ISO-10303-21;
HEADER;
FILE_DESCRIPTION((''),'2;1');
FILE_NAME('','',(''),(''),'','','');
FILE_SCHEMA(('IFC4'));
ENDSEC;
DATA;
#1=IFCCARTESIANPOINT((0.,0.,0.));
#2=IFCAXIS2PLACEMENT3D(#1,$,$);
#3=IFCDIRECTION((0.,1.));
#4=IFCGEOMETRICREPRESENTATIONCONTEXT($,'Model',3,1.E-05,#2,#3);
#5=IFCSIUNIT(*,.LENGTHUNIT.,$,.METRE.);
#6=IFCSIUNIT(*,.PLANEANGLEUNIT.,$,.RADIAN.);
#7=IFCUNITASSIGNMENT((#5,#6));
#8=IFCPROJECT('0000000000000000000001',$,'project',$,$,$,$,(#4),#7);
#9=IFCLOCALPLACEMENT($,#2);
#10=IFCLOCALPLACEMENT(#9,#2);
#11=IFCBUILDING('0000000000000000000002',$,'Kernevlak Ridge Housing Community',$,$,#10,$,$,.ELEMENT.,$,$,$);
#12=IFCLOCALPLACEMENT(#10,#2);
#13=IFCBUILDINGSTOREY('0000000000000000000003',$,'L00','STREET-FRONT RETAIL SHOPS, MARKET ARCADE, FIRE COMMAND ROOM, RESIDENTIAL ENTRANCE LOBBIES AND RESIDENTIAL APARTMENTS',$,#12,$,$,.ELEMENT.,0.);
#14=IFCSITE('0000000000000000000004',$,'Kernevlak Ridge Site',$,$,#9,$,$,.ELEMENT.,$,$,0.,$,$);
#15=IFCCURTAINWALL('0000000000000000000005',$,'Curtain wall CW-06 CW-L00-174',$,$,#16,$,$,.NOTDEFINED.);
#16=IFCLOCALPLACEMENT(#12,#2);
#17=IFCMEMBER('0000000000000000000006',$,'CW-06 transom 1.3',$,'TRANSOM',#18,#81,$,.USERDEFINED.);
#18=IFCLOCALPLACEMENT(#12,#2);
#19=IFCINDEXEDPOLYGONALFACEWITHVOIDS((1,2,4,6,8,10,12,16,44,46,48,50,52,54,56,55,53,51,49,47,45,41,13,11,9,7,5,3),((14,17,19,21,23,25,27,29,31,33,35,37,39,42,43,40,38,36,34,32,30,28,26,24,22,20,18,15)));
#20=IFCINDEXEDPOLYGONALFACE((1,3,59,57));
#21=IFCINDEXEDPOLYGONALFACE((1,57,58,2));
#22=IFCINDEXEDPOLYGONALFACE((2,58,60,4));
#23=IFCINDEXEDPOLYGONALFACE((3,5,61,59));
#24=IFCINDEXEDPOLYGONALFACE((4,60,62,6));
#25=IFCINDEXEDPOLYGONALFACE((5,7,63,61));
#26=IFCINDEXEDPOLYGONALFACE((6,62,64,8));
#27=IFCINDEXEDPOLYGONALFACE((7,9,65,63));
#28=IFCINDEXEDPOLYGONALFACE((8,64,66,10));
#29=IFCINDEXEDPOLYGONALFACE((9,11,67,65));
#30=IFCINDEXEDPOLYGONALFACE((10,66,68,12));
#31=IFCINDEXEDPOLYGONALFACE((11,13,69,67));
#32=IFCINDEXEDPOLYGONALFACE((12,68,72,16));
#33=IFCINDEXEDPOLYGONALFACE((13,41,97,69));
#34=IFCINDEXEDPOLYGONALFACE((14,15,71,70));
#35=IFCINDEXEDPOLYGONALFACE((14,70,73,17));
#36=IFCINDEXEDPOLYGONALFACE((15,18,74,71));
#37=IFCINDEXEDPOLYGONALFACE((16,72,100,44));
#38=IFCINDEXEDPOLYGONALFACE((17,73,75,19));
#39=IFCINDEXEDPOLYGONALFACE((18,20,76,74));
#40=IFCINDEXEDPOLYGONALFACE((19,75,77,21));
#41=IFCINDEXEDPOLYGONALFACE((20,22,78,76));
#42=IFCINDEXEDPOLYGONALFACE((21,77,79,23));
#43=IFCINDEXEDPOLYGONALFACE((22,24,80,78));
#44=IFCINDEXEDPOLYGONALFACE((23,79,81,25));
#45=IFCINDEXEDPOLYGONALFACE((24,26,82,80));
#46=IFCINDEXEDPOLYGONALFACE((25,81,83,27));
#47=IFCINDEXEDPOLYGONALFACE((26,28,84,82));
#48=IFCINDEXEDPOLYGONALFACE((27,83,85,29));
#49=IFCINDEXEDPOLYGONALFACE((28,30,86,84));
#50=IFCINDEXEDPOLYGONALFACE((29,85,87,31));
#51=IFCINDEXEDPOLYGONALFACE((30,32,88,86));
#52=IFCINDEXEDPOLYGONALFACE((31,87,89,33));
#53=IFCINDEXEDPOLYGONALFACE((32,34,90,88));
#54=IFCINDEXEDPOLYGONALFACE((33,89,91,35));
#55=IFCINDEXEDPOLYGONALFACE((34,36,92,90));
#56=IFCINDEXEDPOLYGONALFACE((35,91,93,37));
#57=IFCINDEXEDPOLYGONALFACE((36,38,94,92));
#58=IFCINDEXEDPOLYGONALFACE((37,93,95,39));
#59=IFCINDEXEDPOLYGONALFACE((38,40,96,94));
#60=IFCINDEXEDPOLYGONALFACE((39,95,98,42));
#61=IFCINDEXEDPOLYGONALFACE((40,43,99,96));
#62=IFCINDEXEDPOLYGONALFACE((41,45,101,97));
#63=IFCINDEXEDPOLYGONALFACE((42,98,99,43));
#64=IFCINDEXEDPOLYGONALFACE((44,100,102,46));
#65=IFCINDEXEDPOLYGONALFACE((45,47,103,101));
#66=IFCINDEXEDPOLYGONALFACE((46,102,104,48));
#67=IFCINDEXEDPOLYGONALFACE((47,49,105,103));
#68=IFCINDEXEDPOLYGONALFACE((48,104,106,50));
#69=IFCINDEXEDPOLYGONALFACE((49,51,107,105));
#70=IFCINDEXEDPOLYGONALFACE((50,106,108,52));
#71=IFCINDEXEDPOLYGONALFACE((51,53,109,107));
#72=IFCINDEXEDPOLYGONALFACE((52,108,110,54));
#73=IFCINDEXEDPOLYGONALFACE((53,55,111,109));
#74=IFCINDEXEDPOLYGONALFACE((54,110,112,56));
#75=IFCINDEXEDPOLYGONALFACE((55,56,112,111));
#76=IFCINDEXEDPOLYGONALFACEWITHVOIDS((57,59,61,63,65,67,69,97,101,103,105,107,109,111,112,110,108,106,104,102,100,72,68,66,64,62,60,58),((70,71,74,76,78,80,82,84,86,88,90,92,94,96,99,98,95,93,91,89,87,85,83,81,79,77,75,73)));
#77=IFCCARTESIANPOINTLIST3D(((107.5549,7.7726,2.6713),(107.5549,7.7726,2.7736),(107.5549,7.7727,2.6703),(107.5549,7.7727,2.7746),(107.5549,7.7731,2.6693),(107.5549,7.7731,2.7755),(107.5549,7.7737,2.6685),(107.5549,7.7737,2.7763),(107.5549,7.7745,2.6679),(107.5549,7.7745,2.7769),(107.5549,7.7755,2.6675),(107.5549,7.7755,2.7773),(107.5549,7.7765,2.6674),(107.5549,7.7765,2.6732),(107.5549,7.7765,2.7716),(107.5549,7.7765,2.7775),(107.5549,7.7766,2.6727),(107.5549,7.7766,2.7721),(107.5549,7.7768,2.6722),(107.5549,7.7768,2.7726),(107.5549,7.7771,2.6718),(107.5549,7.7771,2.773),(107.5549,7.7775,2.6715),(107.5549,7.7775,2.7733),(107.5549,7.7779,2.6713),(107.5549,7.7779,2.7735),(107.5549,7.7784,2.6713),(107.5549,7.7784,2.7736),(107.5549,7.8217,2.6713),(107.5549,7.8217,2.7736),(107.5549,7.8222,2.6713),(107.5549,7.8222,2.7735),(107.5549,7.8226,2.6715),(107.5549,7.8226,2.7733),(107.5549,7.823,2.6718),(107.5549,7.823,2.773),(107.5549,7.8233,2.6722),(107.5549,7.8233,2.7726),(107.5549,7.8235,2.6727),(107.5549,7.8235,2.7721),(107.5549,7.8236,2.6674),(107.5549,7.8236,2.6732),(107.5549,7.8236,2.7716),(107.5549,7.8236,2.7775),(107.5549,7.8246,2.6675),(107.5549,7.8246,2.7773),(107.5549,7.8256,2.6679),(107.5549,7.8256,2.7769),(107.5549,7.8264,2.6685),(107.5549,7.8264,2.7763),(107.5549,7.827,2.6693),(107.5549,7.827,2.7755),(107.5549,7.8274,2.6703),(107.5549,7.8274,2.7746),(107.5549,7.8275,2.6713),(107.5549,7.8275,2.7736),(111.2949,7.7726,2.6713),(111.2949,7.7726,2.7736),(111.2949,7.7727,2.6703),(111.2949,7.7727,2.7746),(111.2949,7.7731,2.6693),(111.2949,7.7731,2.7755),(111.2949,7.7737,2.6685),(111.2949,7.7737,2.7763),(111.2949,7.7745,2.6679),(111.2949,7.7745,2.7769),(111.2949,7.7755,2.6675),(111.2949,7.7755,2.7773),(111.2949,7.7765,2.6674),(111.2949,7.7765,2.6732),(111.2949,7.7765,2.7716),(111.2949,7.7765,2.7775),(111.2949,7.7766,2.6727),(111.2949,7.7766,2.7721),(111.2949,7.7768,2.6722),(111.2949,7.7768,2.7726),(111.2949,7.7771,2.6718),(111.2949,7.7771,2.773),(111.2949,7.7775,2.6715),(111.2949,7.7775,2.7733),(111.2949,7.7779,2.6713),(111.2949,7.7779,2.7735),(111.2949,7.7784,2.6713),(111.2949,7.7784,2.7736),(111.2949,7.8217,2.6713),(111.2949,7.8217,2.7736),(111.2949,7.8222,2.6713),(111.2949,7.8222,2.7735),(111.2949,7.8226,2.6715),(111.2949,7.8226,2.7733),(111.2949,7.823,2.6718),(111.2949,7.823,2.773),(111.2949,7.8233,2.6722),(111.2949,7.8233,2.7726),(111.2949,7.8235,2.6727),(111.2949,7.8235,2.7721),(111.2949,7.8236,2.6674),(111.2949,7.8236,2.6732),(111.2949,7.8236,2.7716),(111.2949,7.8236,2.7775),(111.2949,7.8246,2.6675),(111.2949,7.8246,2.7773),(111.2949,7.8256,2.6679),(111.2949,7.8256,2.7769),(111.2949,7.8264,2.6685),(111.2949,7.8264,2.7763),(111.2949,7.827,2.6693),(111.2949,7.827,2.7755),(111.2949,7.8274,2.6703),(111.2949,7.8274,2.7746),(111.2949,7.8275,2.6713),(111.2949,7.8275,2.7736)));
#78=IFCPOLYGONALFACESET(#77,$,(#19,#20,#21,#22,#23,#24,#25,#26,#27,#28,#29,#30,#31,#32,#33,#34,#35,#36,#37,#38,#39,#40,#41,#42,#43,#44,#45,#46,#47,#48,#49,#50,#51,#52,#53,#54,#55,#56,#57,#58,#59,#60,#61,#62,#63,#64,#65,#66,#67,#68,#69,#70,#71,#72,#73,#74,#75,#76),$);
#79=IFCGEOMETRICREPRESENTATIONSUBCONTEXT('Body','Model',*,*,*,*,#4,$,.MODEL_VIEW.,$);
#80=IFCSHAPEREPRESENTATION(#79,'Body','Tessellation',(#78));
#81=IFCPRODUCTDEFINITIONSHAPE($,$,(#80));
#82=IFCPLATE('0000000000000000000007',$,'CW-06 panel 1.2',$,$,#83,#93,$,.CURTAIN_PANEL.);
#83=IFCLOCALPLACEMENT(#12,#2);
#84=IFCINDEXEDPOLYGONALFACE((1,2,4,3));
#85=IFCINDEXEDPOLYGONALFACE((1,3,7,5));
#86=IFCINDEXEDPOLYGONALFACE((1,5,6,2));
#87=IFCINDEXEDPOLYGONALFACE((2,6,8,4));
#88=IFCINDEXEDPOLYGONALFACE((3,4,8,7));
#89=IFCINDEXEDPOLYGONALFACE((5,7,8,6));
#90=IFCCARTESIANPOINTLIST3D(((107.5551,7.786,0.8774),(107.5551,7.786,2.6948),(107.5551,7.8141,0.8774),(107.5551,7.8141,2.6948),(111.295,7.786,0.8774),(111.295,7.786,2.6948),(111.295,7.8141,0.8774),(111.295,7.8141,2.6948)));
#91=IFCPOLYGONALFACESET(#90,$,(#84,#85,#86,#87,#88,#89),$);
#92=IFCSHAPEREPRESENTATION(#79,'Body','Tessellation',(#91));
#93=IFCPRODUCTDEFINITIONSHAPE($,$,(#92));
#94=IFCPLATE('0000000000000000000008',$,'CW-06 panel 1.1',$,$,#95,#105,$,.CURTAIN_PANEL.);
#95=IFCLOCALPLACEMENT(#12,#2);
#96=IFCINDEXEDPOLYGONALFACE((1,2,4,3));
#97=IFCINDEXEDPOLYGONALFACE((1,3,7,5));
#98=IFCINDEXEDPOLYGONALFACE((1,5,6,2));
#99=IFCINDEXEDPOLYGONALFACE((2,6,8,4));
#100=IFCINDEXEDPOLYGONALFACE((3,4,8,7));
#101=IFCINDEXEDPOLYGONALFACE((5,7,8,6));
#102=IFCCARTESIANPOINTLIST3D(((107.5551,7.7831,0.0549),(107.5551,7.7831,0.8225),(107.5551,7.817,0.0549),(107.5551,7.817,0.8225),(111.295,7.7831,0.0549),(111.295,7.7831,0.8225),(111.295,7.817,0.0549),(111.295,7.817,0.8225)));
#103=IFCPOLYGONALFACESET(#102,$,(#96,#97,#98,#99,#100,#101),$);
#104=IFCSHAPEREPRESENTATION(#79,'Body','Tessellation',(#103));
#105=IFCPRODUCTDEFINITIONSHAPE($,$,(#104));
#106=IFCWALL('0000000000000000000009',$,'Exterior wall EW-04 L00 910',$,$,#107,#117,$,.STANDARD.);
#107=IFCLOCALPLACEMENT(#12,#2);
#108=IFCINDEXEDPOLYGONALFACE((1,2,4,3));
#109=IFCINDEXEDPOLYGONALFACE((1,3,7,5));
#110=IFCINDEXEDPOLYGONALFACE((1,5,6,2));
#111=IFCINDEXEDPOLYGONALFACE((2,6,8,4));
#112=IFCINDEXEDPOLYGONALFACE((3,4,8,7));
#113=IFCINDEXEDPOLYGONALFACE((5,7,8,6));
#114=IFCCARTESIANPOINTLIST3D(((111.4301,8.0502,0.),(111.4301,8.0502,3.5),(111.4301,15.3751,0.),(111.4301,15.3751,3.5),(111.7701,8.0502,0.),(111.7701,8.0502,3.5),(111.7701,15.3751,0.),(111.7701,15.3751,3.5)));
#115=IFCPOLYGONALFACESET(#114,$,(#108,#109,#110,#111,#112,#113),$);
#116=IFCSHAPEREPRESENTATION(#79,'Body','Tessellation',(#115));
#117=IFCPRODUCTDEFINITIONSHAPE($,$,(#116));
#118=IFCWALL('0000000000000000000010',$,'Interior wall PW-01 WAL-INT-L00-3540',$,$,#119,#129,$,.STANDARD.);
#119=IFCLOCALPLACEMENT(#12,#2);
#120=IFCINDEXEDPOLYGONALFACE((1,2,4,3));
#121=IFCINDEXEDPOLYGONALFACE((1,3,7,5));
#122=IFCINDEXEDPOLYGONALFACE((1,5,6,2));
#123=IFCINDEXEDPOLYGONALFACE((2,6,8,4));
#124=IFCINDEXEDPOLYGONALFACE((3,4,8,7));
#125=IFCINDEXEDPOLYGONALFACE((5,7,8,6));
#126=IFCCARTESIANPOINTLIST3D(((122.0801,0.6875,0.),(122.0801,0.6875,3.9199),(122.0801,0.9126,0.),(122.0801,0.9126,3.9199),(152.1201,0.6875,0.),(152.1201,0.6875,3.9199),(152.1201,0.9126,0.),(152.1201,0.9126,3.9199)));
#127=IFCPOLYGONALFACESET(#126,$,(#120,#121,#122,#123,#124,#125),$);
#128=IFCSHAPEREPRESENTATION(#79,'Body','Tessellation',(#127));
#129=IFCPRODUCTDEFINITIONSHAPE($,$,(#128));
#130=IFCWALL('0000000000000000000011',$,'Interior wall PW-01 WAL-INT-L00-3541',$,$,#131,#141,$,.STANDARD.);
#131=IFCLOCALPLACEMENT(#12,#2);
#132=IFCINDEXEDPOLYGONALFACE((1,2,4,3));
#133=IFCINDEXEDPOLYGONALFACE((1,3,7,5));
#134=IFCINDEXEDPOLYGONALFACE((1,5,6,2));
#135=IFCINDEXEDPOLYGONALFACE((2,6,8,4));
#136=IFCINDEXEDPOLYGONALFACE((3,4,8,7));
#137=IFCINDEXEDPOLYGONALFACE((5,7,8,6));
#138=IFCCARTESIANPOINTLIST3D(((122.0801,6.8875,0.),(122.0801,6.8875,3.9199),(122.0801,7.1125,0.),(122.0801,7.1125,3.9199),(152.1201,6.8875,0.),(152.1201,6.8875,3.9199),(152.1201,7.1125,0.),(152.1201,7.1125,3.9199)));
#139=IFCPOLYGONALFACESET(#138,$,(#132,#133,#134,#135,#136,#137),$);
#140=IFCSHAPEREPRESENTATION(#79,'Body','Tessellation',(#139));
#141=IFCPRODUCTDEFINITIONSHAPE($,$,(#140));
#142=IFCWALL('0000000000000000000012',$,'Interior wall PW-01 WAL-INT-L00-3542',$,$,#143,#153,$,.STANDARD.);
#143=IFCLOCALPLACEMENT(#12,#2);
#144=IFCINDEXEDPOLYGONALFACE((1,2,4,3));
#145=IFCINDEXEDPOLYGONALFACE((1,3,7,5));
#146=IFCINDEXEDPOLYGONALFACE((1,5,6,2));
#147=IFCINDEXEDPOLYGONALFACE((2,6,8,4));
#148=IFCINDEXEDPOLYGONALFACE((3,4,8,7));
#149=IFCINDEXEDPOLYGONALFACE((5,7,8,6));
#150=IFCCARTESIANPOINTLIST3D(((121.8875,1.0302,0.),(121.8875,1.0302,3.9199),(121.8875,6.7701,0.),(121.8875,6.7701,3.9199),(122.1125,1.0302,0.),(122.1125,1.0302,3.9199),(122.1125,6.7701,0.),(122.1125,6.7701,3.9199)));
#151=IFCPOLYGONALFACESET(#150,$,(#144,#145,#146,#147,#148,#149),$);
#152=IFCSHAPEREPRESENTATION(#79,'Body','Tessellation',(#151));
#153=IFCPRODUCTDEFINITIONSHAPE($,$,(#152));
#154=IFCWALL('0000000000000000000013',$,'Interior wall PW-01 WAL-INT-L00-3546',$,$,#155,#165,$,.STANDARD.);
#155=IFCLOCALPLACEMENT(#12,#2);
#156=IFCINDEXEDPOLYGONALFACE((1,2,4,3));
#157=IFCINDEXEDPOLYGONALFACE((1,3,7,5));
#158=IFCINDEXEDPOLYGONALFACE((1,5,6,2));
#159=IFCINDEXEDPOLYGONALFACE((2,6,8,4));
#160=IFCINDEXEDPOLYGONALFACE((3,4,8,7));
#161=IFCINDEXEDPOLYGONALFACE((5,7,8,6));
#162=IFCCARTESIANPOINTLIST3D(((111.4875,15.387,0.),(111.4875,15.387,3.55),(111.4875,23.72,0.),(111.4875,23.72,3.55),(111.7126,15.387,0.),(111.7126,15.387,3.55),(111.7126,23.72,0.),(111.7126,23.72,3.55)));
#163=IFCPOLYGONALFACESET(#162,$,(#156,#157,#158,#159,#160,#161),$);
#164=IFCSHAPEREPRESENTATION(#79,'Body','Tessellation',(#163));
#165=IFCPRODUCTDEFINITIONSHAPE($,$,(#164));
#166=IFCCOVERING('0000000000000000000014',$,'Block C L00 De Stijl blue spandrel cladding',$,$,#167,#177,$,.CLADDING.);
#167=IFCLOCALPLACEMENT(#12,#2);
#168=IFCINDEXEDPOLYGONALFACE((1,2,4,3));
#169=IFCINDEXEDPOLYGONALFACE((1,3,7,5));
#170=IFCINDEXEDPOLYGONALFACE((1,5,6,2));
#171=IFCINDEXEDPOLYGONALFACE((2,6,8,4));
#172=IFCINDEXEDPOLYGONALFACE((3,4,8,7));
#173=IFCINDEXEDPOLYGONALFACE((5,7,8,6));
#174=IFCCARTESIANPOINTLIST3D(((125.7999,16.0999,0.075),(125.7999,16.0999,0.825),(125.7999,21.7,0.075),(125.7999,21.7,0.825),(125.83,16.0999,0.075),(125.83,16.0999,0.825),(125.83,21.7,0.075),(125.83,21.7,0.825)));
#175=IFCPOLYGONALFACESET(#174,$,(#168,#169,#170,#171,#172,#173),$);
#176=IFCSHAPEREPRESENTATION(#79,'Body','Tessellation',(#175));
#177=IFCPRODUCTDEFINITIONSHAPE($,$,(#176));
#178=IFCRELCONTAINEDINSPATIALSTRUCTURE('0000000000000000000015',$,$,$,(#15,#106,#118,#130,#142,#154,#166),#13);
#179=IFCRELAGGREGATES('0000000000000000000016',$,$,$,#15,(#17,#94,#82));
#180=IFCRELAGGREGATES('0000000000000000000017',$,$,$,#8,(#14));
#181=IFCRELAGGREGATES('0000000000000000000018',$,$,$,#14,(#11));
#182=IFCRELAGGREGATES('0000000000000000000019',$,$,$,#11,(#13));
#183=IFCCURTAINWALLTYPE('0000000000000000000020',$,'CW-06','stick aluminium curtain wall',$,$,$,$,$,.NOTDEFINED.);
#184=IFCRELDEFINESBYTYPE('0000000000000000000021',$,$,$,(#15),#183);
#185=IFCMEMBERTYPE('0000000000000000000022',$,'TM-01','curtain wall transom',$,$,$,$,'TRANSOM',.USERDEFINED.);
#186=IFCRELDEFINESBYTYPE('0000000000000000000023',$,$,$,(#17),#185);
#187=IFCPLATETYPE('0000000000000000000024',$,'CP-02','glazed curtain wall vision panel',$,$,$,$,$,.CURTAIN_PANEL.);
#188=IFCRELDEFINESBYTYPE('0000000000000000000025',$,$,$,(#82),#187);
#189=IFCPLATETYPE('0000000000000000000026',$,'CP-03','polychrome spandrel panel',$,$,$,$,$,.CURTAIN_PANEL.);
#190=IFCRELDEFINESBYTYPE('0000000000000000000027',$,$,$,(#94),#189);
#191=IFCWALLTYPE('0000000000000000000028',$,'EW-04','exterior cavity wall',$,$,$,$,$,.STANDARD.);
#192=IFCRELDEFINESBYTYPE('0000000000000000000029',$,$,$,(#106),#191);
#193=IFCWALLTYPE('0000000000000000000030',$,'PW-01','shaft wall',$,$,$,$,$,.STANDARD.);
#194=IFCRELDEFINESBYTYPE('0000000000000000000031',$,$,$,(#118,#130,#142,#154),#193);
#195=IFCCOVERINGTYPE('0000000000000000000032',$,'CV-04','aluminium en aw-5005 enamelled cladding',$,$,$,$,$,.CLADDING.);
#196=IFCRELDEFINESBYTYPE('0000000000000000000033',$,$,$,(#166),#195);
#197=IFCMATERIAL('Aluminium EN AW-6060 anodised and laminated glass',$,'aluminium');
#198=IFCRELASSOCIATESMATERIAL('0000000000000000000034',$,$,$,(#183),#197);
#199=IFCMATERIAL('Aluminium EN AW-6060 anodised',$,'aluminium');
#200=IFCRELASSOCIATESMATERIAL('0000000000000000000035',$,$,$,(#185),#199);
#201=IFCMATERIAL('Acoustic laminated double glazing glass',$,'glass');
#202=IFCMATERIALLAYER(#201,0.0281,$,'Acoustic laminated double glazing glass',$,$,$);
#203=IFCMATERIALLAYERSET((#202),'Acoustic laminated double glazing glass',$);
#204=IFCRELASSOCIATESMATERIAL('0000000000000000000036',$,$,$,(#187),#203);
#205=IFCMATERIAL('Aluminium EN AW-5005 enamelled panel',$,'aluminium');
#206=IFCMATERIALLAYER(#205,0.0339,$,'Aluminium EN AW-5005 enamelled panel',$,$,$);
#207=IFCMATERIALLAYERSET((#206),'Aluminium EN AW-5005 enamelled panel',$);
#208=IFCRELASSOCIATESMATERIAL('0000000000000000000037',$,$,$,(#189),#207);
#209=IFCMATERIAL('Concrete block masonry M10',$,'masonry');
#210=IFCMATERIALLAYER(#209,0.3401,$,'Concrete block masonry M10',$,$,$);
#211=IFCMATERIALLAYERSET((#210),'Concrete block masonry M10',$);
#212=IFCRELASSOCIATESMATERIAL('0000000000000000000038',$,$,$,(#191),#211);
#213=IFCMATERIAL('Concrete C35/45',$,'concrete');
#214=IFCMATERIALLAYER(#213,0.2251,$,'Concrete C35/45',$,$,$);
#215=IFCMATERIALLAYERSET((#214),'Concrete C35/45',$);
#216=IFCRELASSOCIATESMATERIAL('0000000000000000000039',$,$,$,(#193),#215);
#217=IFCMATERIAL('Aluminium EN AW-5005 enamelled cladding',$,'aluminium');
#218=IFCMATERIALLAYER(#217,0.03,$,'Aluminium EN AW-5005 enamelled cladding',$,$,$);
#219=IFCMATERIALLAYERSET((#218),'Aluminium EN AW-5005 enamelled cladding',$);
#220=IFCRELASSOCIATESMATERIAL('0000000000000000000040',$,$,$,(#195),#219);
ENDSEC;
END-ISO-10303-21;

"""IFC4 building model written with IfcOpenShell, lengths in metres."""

from ifc_helpers import new_model, si_unit, direction, frame, frame_2d, origin, origin_2d, place, context, subcontext, project, spatial, rectangle, hollow_rectangle, extrude, material, layer, layer_set, material_profile, profile_set, type_object, element, aggregate, save


model = new_model("IFC4")

# Units and contexts
model_context = context("Model", 3, precision=1e-05, world=origin(), true_north=direction((0.0, 1.0)))
body_context = subcontext(model_context, "Body", "Model", "MODEL_VIEW")
ifc_project = project(units=[si_unit("LENGTHUNIT", "METRE"), si_unit("PLANEANGLEUNIT", "RADIAN")], contexts=[model_context])

# Site, building, storey
site_placement = place(None, origin())
site = spatial("IfcSite", under=ifc_project, at=site_placement, Name="Kernevlak Ridge Site", CompositionType="ELEMENT", RefElevation=0.0)
building_placement = place(site_placement, origin())
building = spatial("IfcBuilding", under=site, at=building_placement, Name="Kernevlak Ridge Housing Community", CompositionType="ELEMENT")
storey_placement = place(building_placement, origin())
storey = spatial("IfcBuildingStorey", under=building, at=storey_placement, Name="L00", Description="STREET-FRONT RETAIL SHOPS, MARKET ARCADE, FIRE COMMAND ROOM, RESIDENTIAL ENTRANCE LOBBIES AND RESIDENTIAL APARTMENTS", CompositionType="ELEMENT", Elevation=0.0)

# Shared definitions
ifc_material_1 = material(Name="Concrete C35/45", Category="concrete")

# Curtain wall
ifc_material_2 = material(Name="Aluminium EN AW-6060 anodised and laminated glass", Category="aluminium")
curtain_wall_type = type_object("IfcCurtainWallType", Name="CW-06", Description="stick aluminium curtain wall", PredefinedType="NOTDEFINED", material=ifc_material_2)
curtain_wall_placement = place(storey_placement, origin())
curtain_wall = element("IfcCurtainWall", 1, at=curtain_wall_placement, inside=storey, type_object=curtain_wall_type, Name="Curtain wall CW-06 CW-L00-174", PredefinedType="NOTDEFINED")
ifc_material_3 = material(Name="Aluminium EN AW-6060 anodised", Category="aluminium")

# Member
ifc_material_profile_1 = material_profile(ifc_material_3, hollow_rectangle(XDim=0.0549, YDim=0.1101, WallThickness=0.0039, InnerFilletRadius=0.002, OuterFilletRadius=0.0039, at=origin_2d()), Name="ALU 55x110x4")
ifc_profile_set_1 = profile_set([ifc_material_profile_1], Name="Aluminium EN AW-6060 anodised")
member_type_1 = type_object("IfcMemberType", Name="TM-01", Description="curtain wall transom", ElementType="TRANSOM", PredefinedType="USERDEFINED", material=ifc_profile_set_1)
member_1_placement = place(storey_placement, frame((107.5549, 7.8, 2.7224), z_axis=(1.0, 0.0, 0.0), x_axis=(0.0, 1.0, 0.0)))
member_1 = element("IfcMember", 2, at=member_1_placement, type_object=member_type_1, Name="CW-06 transom 1.3", ObjectType="TRANSOM", PredefinedType="USERDEFINED", context=body_context, shape_type="SweptSolid", body=[
    extrude(hollow_rectangle(XDim=0.0549, YDim=0.1101, WallThickness=0.0039, InnerFilletRadius=0.002, OuterFilletRadius=0.0039, at=origin_2d()), origin(), (0.0, 0.0, 1.0), 3.74),
])

# Plates
ifc_material_4 = material(Name="Acoustic laminated double glazing glass", Category="glass")
ifc_layer_1 = layer(ifc_material_4, 0.0281, Name="Acoustic laminated double glazing glass")
ifc_layer_set_1 = layer_set([ifc_layer_1], Name="Acoustic laminated double glazing glass")
plate_type_1 = type_object("IfcPlateType", Name="CP-02", Description="glazed curtain wall vision panel", PredefinedType="CURTAIN_PANEL", material=ifc_layer_set_1)
plate_1_placement = place(storey_placement, frame((109.425, 7.8, 0.8774), z_axis=(0.0, 0.0, 1.0), x_axis=(1.0, 0.0, 0.0)))
plate_1 = element("IfcPlate", 3, at=plate_1_placement, type_object=plate_type_1, Name="CW-06 panel 1.2", PredefinedType="CURTAIN_PANEL", context=body_context, shape_type="SweptSolid", body=[
    extrude(rectangle(XDim=3.74, YDim=0.0281, at=origin_2d()), origin(), (0.0, 0.0, 1.0), 1.8174),
])
ifc_material_5 = material(Name="Aluminium EN AW-5005 enamelled panel", Category="aluminium")
ifc_layer_2 = layer(ifc_material_5, 0.0339, Name="Aluminium EN AW-5005 enamelled panel")
ifc_layer_set_2 = layer_set([ifc_layer_2], Name="Aluminium EN AW-5005 enamelled panel")
plate_type_2 = type_object("IfcPlateType", Name="CP-03", Description="polychrome spandrel panel", PredefinedType="CURTAIN_PANEL", material=ifc_layer_set_2)
plate_2_placement = place(storey_placement, frame((109.425, 7.8, 0.0549), z_axis=(0.0, 0.0, 1.0), x_axis=(1.0, 0.0, 0.0)))
plate_2 = element("IfcPlate", 4, at=plate_2_placement, type_object=plate_type_2, Name="CW-06 panel 1.1", PredefinedType="CURTAIN_PANEL", context=body_context, shape_type="SweptSolid", body=[
    extrude(rectangle(XDim=3.74, YDim=0.0339, at=origin_2d()), origin(), (0.0, 0.0, 1.0), 0.7676),
])
aggregate(curtain_wall, [member_1, plate_2, plate_1])

# Shared definitions
ifc_material_6 = material(Name="Concrete block masonry M10", Category="masonry")
ifc_layer_3 = layer(ifc_material_6, 0.3401, Name="Concrete block masonry M10")
ifc_layer_set_3 = layer_set([ifc_layer_3], Name="Concrete block masonry M10")
wall_type_1 = type_object("IfcWallType", Name="EW-04", Description="exterior cavity wall", PredefinedType="STANDARD", material=ifc_layer_set_3)

# Walls
wall_1_placement = place(storey_placement, frame((111.6001, 8.05, 0.0), z_axis=(0.0, 0.0, 1.0), x_axis=(0.0, 1.0, 0.0)))
element("IfcWall", 5, at=wall_1_placement, inside=storey, type_object=wall_type_1, Name="Exterior wall EW-04 L00 910", PredefinedType="STANDARD", context=body_context, shape_type="SweptSolid", body=[
    extrude(rectangle(XDim=7.325, YDim=0.3401, at=frame_2d((3.6626, 0.0))), origin(), (0.0, 0.0, 1.0), 3.5),
])
ifc_layer_4 = layer(ifc_material_1, 0.2251, Name="Concrete C35/45")
ifc_layer_set_4 = layer_set([ifc_layer_4], Name="Concrete C35/45")
wall_type_2 = type_object("IfcWallType", Name="PW-01", Description="shaft wall", PredefinedType="STANDARD", material=ifc_layer_set_4)
for number, where, z_axis, x_axis, name in (
    (6, (122.0801, 0.8, 0.0), (0.0, 0.0, 1.0), (1.0, 0.0, 0.0), "Interior wall PW-01 WAL-INT-L00-3540"),
    (7, (122.0801, 7.0, 0.0), (0.0, 0.0, 1.0), (1.0, 0.0, 0.0), "Interior wall PW-01 WAL-INT-L00-3541"),
):
    element("IfcWall", number, at=place(storey_placement, frame(where, z_axis=z_axis, x_axis=x_axis)), inside=storey, type_object=wall_type_2, Name=name, PredefinedType="STANDARD", context=body_context, shape_type="SweptSolid", body=[
        extrude(rectangle(XDim=30.04, YDim=0.2251, at=frame_2d((15.02, 0.0))), origin(), (0.0, 0.0, 1.0), 3.9199),
    ])
wall_2_placement = place(storey_placement, frame((122.0, 1.03, 0.0), z_axis=(0.0, 0.0, 1.0), x_axis=(0.0, 1.0, 0.0)))
element("IfcWall", 8, at=wall_2_placement, inside=storey, type_object=wall_type_2, Name="Interior wall PW-01 WAL-INT-L00-3542", PredefinedType="STANDARD", context=body_context, shape_type="SweptSolid", body=[
    extrude(rectangle(XDim=5.74, YDim=0.2251, at=frame_2d((2.8701, 0.0))), origin(), (0.0, 0.0, 1.0), 3.9199),
])
wall_3_placement = place(storey_placement, frame((111.6001, 15.387, 0.0), z_axis=(0.0, 0.0, 1.0), x_axis=(0.0, 1.0, 0.0)))
element("IfcWall", 9, at=wall_3_placement, inside=storey, type_object=wall_type_2, Name="Interior wall PW-01 WAL-INT-L00-3546", PredefinedType="STANDARD", context=body_context, shape_type="SweptSolid", body=[
    extrude(rectangle(XDim=8.333, YDim=0.2251, at=frame_2d((4.1665, 0.0))), origin(), (0.0, 0.0, 1.0), 3.55),
])

# Covering
ifc_material_7 = material(Name="Aluminium EN AW-5005 enamelled cladding", Category="aluminium")
ifc_layer_5 = layer(ifc_material_7, 0.03, Name="Aluminium EN AW-5005 enamelled cladding")
ifc_layer_set_5 = layer_set([ifc_layer_5], Name="Aluminium EN AW-5005 enamelled cladding")
covering_type = type_object("IfcCoveringType", Name="CV-04", Description="aluminium en aw-5005 enamelled cladding", PredefinedType="CLADDING", material=ifc_layer_set_5)
covering_placement = place(storey_placement, frame((125.8149, 18.8999, 0.075), z_axis=(0.0, 0.0, 1.0), x_axis=(0.0, 1.0, 0.0)))
element("IfcCovering", 10, at=covering_placement, inside=storey, type_object=covering_type, Name="Block C L00 De Stijl blue spandrel cladding", PredefinedType="CLADDING", context=body_context, shape_type="SweptSolid", body=[
    extrude(rectangle(XDim=5.6001, YDim=0.03, at=origin_2d()), origin(), (0.0, 0.0, 1.0), 0.75),
])

save(model, "model.ifc")
